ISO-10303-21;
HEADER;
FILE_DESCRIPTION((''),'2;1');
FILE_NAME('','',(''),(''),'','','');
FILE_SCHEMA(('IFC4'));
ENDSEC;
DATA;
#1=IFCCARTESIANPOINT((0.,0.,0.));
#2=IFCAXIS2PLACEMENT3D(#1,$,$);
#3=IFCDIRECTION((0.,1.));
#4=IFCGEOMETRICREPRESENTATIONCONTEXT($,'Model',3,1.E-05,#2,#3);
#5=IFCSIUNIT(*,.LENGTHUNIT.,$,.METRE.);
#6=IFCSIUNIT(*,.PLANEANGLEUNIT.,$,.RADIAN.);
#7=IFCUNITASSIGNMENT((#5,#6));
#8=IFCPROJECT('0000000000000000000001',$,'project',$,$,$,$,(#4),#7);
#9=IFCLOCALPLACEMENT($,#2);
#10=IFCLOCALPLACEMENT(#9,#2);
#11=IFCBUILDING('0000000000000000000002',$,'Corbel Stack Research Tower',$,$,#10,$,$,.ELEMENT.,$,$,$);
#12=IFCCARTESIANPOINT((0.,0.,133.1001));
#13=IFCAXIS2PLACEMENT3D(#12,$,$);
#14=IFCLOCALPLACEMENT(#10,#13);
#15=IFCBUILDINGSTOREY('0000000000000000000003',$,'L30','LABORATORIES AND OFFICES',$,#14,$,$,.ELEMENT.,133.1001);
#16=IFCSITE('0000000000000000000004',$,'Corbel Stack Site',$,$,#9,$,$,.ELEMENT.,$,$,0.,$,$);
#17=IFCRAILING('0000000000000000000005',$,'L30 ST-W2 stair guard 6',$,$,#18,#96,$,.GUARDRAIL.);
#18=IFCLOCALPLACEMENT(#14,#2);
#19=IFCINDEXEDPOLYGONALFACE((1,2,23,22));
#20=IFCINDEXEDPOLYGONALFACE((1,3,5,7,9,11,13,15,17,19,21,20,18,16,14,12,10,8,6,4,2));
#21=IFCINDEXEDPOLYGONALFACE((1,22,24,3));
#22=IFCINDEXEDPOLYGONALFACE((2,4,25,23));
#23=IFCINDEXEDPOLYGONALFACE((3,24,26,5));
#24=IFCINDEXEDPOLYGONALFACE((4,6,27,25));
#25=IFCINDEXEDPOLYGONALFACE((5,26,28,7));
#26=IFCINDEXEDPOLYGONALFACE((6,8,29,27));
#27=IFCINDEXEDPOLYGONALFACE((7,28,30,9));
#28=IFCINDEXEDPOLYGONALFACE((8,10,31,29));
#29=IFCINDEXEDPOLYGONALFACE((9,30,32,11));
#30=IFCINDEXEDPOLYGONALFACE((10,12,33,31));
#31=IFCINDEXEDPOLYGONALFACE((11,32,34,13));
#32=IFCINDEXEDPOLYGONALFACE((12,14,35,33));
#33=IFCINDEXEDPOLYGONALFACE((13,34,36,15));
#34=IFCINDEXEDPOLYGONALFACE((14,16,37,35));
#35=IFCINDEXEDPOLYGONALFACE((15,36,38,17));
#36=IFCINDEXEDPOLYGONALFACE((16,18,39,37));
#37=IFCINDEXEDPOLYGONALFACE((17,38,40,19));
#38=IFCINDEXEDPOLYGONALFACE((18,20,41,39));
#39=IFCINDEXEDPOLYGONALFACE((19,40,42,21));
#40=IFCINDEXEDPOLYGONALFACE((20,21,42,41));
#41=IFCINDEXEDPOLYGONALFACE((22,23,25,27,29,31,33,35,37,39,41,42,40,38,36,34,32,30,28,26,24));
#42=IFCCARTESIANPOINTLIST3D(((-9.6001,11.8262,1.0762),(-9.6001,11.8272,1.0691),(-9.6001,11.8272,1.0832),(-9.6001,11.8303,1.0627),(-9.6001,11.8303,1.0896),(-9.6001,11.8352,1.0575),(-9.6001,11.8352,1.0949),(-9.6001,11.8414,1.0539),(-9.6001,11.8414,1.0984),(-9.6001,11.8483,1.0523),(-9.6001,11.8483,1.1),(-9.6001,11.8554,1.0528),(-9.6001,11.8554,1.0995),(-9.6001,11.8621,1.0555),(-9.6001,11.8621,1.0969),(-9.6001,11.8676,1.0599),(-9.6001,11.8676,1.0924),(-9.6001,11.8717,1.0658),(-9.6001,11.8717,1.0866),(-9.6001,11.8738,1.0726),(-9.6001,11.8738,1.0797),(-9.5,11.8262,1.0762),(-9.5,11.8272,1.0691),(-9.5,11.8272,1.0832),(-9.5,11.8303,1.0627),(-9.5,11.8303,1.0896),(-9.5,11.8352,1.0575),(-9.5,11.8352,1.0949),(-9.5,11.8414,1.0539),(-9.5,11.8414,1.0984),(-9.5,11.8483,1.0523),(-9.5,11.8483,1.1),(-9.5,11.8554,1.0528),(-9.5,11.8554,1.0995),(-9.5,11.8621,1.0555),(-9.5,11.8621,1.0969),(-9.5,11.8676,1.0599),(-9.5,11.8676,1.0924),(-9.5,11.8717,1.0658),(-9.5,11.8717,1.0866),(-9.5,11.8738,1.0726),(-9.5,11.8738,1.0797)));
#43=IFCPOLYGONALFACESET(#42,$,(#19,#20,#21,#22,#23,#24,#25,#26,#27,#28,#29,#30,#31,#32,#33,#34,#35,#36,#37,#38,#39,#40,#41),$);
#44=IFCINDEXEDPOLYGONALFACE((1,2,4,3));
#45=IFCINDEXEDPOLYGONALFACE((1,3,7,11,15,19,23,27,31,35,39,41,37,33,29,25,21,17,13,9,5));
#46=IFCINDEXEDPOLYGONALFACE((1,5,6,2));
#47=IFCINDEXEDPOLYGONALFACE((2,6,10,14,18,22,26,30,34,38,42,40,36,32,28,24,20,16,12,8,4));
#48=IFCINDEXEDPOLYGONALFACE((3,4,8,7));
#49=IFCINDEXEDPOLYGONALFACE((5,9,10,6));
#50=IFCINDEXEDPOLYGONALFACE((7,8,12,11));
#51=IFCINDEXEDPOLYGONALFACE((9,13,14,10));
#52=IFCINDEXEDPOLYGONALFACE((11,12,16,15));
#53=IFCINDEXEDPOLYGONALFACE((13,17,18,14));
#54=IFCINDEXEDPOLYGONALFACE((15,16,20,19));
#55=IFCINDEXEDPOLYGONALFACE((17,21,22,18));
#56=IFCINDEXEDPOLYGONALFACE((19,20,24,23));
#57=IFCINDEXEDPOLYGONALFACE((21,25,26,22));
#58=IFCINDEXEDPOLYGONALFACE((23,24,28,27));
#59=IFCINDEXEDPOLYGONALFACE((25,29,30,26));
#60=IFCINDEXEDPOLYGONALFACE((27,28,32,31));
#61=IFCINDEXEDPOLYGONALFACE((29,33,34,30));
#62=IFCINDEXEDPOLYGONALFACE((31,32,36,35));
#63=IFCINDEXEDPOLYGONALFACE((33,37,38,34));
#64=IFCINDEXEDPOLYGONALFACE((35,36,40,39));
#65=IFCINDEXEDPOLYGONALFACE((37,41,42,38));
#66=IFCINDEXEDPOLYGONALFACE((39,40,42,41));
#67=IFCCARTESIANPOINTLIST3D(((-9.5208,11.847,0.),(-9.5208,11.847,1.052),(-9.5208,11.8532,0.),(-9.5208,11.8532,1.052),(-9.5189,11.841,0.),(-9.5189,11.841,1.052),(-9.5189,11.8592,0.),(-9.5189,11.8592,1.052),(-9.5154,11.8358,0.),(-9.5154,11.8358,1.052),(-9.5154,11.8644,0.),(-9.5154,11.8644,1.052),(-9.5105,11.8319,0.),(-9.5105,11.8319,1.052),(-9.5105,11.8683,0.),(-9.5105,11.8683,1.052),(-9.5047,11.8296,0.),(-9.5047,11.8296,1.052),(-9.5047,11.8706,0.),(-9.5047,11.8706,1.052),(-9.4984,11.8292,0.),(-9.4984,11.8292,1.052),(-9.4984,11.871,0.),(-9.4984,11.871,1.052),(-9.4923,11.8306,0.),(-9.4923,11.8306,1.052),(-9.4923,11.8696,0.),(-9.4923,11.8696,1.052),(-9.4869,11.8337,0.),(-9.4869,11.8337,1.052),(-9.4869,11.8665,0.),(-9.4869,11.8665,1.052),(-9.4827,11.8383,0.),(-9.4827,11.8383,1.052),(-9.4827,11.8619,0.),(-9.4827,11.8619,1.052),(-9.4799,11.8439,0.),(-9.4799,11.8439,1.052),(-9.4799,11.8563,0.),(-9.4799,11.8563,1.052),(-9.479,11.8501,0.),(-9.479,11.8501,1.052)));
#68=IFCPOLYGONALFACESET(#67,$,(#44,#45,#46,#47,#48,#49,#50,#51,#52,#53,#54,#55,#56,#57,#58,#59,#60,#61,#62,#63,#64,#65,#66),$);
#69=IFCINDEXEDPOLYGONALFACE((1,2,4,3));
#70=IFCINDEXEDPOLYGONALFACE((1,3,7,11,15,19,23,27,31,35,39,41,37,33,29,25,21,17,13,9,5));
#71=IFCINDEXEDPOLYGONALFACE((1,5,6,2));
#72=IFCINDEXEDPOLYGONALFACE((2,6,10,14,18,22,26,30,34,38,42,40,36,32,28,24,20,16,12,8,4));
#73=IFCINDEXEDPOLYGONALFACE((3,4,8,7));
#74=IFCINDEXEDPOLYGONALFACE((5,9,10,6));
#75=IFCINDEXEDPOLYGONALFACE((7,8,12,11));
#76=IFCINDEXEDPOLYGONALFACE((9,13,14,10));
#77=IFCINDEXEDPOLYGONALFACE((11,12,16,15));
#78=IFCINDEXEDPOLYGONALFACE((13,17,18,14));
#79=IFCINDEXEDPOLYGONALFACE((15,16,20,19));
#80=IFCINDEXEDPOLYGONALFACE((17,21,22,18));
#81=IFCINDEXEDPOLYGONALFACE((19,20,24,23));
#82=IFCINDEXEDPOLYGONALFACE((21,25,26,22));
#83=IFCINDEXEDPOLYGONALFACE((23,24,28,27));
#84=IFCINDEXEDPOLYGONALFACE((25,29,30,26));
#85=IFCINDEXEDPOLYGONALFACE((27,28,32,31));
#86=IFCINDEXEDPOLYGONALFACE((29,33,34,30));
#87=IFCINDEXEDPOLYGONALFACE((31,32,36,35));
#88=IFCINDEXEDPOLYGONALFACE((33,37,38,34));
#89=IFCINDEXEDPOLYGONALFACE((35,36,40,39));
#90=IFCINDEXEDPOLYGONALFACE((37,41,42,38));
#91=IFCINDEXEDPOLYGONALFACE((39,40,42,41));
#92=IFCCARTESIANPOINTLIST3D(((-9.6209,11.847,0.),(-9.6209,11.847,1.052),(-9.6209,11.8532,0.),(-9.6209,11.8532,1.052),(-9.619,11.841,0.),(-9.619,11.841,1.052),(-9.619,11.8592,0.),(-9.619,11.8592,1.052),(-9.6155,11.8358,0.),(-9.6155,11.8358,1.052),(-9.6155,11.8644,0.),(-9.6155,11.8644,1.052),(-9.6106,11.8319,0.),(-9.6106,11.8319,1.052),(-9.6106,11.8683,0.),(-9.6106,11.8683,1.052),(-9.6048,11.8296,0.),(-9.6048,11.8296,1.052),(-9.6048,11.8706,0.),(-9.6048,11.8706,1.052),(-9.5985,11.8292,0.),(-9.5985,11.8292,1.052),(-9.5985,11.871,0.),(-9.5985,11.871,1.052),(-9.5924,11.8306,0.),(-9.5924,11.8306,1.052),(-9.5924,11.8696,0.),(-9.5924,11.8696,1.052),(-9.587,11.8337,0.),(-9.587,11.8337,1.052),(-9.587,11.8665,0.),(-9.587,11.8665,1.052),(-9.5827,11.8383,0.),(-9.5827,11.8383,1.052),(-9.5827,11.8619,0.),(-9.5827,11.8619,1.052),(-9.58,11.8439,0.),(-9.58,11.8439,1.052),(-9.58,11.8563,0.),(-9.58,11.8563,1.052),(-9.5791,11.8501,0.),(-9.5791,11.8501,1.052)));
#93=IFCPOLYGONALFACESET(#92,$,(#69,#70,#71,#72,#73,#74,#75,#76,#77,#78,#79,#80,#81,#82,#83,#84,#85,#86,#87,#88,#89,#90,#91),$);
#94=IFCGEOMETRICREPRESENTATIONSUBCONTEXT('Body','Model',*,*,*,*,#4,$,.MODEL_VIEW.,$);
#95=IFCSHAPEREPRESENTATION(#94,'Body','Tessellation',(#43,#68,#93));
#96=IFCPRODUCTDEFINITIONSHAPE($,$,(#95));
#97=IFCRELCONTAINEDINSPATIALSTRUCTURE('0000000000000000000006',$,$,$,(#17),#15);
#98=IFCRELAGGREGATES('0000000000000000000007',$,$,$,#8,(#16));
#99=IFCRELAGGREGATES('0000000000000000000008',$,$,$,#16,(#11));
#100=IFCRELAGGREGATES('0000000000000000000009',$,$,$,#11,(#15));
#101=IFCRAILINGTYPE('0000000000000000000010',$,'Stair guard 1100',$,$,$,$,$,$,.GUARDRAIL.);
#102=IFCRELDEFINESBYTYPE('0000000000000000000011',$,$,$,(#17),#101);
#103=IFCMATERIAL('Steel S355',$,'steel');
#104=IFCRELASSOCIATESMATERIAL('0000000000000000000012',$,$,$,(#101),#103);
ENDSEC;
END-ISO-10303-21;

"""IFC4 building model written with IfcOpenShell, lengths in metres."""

from ifc_helpers import new_model, si_unit, direction, frame, origin, origin_2d, place, context, subcontext, project, spatial, circle, extrude, material, type_object, element, save


model = new_model("IFC4")

# Units and contexts
model_context = context("Model", 3, precision=1e-05, world=origin(), true_north=direction((0.0, 1.0)))
body_context = subcontext(model_context, "Body", "Model", "MODEL_VIEW")
ifc_project = project(units=[si_unit("LENGTHUNIT", "METRE"), si_unit("PLANEANGLEUNIT", "RADIAN")], contexts=[model_context])

# Site, building, storey
site_placement = place(None, origin())
site = spatial("IfcSite", under=ifc_project, at=site_placement, Name="Corbel Stack Site", CompositionType="ELEMENT", RefElevation=0.0)
building_placement = place(site_placement, origin())
building = spatial("IfcBuilding", under=site, at=building_placement, Name="Corbel Stack Research Tower", CompositionType="ELEMENT")
storey_placement = place(building_placement, frame((0.0, 0.0, 133.1001)))
storey = spatial("IfcBuildingStorey", under=building, at=storey_placement, Name="L30", Description="LABORATORIES AND OFFICES", CompositionType="ELEMENT", Elevation=133.1001)

# Railing
ifc_material_1 = material(Name="Steel S355", Category="steel")
railing_type_1 = type_object("IfcRailingType", Name="Stair guard 1100", PredefinedType="GUARDRAIL", material=ifc_material_1)
railing_1_placement = place(storey_placement, frame((-9.5, 11.8501, 0.0)))
element("IfcRailing", 1, at=railing_1_placement, inside=storey, type_object=railing_type_1, Name="L30 ST-W2 stair guard 6", PredefinedType="GUARDRAIL", context=body_context, shape_type="SweptSolid", body=[
    extrude(circle(Radius=0.0239, at=origin_2d()), frame((0.0, 0.0, 1.0762), z_axis=(-1.0, 0.0, 0.0), x_axis=(0.0, -1.0, 0.0)), (0.0, 0.0, 1.0), 0.1001),
    extrude(circle(Radius=0.021, at=origin_2d()), origin(), (0.0, 0.0, 1.0), 1.052),
    extrude(circle(Radius=0.021, at=origin_2d()), frame((-0.1001, 0.0, 0.0)), (0.0, 0.0, 1.0), 1.052),
])

save(model, "model.ifc")
